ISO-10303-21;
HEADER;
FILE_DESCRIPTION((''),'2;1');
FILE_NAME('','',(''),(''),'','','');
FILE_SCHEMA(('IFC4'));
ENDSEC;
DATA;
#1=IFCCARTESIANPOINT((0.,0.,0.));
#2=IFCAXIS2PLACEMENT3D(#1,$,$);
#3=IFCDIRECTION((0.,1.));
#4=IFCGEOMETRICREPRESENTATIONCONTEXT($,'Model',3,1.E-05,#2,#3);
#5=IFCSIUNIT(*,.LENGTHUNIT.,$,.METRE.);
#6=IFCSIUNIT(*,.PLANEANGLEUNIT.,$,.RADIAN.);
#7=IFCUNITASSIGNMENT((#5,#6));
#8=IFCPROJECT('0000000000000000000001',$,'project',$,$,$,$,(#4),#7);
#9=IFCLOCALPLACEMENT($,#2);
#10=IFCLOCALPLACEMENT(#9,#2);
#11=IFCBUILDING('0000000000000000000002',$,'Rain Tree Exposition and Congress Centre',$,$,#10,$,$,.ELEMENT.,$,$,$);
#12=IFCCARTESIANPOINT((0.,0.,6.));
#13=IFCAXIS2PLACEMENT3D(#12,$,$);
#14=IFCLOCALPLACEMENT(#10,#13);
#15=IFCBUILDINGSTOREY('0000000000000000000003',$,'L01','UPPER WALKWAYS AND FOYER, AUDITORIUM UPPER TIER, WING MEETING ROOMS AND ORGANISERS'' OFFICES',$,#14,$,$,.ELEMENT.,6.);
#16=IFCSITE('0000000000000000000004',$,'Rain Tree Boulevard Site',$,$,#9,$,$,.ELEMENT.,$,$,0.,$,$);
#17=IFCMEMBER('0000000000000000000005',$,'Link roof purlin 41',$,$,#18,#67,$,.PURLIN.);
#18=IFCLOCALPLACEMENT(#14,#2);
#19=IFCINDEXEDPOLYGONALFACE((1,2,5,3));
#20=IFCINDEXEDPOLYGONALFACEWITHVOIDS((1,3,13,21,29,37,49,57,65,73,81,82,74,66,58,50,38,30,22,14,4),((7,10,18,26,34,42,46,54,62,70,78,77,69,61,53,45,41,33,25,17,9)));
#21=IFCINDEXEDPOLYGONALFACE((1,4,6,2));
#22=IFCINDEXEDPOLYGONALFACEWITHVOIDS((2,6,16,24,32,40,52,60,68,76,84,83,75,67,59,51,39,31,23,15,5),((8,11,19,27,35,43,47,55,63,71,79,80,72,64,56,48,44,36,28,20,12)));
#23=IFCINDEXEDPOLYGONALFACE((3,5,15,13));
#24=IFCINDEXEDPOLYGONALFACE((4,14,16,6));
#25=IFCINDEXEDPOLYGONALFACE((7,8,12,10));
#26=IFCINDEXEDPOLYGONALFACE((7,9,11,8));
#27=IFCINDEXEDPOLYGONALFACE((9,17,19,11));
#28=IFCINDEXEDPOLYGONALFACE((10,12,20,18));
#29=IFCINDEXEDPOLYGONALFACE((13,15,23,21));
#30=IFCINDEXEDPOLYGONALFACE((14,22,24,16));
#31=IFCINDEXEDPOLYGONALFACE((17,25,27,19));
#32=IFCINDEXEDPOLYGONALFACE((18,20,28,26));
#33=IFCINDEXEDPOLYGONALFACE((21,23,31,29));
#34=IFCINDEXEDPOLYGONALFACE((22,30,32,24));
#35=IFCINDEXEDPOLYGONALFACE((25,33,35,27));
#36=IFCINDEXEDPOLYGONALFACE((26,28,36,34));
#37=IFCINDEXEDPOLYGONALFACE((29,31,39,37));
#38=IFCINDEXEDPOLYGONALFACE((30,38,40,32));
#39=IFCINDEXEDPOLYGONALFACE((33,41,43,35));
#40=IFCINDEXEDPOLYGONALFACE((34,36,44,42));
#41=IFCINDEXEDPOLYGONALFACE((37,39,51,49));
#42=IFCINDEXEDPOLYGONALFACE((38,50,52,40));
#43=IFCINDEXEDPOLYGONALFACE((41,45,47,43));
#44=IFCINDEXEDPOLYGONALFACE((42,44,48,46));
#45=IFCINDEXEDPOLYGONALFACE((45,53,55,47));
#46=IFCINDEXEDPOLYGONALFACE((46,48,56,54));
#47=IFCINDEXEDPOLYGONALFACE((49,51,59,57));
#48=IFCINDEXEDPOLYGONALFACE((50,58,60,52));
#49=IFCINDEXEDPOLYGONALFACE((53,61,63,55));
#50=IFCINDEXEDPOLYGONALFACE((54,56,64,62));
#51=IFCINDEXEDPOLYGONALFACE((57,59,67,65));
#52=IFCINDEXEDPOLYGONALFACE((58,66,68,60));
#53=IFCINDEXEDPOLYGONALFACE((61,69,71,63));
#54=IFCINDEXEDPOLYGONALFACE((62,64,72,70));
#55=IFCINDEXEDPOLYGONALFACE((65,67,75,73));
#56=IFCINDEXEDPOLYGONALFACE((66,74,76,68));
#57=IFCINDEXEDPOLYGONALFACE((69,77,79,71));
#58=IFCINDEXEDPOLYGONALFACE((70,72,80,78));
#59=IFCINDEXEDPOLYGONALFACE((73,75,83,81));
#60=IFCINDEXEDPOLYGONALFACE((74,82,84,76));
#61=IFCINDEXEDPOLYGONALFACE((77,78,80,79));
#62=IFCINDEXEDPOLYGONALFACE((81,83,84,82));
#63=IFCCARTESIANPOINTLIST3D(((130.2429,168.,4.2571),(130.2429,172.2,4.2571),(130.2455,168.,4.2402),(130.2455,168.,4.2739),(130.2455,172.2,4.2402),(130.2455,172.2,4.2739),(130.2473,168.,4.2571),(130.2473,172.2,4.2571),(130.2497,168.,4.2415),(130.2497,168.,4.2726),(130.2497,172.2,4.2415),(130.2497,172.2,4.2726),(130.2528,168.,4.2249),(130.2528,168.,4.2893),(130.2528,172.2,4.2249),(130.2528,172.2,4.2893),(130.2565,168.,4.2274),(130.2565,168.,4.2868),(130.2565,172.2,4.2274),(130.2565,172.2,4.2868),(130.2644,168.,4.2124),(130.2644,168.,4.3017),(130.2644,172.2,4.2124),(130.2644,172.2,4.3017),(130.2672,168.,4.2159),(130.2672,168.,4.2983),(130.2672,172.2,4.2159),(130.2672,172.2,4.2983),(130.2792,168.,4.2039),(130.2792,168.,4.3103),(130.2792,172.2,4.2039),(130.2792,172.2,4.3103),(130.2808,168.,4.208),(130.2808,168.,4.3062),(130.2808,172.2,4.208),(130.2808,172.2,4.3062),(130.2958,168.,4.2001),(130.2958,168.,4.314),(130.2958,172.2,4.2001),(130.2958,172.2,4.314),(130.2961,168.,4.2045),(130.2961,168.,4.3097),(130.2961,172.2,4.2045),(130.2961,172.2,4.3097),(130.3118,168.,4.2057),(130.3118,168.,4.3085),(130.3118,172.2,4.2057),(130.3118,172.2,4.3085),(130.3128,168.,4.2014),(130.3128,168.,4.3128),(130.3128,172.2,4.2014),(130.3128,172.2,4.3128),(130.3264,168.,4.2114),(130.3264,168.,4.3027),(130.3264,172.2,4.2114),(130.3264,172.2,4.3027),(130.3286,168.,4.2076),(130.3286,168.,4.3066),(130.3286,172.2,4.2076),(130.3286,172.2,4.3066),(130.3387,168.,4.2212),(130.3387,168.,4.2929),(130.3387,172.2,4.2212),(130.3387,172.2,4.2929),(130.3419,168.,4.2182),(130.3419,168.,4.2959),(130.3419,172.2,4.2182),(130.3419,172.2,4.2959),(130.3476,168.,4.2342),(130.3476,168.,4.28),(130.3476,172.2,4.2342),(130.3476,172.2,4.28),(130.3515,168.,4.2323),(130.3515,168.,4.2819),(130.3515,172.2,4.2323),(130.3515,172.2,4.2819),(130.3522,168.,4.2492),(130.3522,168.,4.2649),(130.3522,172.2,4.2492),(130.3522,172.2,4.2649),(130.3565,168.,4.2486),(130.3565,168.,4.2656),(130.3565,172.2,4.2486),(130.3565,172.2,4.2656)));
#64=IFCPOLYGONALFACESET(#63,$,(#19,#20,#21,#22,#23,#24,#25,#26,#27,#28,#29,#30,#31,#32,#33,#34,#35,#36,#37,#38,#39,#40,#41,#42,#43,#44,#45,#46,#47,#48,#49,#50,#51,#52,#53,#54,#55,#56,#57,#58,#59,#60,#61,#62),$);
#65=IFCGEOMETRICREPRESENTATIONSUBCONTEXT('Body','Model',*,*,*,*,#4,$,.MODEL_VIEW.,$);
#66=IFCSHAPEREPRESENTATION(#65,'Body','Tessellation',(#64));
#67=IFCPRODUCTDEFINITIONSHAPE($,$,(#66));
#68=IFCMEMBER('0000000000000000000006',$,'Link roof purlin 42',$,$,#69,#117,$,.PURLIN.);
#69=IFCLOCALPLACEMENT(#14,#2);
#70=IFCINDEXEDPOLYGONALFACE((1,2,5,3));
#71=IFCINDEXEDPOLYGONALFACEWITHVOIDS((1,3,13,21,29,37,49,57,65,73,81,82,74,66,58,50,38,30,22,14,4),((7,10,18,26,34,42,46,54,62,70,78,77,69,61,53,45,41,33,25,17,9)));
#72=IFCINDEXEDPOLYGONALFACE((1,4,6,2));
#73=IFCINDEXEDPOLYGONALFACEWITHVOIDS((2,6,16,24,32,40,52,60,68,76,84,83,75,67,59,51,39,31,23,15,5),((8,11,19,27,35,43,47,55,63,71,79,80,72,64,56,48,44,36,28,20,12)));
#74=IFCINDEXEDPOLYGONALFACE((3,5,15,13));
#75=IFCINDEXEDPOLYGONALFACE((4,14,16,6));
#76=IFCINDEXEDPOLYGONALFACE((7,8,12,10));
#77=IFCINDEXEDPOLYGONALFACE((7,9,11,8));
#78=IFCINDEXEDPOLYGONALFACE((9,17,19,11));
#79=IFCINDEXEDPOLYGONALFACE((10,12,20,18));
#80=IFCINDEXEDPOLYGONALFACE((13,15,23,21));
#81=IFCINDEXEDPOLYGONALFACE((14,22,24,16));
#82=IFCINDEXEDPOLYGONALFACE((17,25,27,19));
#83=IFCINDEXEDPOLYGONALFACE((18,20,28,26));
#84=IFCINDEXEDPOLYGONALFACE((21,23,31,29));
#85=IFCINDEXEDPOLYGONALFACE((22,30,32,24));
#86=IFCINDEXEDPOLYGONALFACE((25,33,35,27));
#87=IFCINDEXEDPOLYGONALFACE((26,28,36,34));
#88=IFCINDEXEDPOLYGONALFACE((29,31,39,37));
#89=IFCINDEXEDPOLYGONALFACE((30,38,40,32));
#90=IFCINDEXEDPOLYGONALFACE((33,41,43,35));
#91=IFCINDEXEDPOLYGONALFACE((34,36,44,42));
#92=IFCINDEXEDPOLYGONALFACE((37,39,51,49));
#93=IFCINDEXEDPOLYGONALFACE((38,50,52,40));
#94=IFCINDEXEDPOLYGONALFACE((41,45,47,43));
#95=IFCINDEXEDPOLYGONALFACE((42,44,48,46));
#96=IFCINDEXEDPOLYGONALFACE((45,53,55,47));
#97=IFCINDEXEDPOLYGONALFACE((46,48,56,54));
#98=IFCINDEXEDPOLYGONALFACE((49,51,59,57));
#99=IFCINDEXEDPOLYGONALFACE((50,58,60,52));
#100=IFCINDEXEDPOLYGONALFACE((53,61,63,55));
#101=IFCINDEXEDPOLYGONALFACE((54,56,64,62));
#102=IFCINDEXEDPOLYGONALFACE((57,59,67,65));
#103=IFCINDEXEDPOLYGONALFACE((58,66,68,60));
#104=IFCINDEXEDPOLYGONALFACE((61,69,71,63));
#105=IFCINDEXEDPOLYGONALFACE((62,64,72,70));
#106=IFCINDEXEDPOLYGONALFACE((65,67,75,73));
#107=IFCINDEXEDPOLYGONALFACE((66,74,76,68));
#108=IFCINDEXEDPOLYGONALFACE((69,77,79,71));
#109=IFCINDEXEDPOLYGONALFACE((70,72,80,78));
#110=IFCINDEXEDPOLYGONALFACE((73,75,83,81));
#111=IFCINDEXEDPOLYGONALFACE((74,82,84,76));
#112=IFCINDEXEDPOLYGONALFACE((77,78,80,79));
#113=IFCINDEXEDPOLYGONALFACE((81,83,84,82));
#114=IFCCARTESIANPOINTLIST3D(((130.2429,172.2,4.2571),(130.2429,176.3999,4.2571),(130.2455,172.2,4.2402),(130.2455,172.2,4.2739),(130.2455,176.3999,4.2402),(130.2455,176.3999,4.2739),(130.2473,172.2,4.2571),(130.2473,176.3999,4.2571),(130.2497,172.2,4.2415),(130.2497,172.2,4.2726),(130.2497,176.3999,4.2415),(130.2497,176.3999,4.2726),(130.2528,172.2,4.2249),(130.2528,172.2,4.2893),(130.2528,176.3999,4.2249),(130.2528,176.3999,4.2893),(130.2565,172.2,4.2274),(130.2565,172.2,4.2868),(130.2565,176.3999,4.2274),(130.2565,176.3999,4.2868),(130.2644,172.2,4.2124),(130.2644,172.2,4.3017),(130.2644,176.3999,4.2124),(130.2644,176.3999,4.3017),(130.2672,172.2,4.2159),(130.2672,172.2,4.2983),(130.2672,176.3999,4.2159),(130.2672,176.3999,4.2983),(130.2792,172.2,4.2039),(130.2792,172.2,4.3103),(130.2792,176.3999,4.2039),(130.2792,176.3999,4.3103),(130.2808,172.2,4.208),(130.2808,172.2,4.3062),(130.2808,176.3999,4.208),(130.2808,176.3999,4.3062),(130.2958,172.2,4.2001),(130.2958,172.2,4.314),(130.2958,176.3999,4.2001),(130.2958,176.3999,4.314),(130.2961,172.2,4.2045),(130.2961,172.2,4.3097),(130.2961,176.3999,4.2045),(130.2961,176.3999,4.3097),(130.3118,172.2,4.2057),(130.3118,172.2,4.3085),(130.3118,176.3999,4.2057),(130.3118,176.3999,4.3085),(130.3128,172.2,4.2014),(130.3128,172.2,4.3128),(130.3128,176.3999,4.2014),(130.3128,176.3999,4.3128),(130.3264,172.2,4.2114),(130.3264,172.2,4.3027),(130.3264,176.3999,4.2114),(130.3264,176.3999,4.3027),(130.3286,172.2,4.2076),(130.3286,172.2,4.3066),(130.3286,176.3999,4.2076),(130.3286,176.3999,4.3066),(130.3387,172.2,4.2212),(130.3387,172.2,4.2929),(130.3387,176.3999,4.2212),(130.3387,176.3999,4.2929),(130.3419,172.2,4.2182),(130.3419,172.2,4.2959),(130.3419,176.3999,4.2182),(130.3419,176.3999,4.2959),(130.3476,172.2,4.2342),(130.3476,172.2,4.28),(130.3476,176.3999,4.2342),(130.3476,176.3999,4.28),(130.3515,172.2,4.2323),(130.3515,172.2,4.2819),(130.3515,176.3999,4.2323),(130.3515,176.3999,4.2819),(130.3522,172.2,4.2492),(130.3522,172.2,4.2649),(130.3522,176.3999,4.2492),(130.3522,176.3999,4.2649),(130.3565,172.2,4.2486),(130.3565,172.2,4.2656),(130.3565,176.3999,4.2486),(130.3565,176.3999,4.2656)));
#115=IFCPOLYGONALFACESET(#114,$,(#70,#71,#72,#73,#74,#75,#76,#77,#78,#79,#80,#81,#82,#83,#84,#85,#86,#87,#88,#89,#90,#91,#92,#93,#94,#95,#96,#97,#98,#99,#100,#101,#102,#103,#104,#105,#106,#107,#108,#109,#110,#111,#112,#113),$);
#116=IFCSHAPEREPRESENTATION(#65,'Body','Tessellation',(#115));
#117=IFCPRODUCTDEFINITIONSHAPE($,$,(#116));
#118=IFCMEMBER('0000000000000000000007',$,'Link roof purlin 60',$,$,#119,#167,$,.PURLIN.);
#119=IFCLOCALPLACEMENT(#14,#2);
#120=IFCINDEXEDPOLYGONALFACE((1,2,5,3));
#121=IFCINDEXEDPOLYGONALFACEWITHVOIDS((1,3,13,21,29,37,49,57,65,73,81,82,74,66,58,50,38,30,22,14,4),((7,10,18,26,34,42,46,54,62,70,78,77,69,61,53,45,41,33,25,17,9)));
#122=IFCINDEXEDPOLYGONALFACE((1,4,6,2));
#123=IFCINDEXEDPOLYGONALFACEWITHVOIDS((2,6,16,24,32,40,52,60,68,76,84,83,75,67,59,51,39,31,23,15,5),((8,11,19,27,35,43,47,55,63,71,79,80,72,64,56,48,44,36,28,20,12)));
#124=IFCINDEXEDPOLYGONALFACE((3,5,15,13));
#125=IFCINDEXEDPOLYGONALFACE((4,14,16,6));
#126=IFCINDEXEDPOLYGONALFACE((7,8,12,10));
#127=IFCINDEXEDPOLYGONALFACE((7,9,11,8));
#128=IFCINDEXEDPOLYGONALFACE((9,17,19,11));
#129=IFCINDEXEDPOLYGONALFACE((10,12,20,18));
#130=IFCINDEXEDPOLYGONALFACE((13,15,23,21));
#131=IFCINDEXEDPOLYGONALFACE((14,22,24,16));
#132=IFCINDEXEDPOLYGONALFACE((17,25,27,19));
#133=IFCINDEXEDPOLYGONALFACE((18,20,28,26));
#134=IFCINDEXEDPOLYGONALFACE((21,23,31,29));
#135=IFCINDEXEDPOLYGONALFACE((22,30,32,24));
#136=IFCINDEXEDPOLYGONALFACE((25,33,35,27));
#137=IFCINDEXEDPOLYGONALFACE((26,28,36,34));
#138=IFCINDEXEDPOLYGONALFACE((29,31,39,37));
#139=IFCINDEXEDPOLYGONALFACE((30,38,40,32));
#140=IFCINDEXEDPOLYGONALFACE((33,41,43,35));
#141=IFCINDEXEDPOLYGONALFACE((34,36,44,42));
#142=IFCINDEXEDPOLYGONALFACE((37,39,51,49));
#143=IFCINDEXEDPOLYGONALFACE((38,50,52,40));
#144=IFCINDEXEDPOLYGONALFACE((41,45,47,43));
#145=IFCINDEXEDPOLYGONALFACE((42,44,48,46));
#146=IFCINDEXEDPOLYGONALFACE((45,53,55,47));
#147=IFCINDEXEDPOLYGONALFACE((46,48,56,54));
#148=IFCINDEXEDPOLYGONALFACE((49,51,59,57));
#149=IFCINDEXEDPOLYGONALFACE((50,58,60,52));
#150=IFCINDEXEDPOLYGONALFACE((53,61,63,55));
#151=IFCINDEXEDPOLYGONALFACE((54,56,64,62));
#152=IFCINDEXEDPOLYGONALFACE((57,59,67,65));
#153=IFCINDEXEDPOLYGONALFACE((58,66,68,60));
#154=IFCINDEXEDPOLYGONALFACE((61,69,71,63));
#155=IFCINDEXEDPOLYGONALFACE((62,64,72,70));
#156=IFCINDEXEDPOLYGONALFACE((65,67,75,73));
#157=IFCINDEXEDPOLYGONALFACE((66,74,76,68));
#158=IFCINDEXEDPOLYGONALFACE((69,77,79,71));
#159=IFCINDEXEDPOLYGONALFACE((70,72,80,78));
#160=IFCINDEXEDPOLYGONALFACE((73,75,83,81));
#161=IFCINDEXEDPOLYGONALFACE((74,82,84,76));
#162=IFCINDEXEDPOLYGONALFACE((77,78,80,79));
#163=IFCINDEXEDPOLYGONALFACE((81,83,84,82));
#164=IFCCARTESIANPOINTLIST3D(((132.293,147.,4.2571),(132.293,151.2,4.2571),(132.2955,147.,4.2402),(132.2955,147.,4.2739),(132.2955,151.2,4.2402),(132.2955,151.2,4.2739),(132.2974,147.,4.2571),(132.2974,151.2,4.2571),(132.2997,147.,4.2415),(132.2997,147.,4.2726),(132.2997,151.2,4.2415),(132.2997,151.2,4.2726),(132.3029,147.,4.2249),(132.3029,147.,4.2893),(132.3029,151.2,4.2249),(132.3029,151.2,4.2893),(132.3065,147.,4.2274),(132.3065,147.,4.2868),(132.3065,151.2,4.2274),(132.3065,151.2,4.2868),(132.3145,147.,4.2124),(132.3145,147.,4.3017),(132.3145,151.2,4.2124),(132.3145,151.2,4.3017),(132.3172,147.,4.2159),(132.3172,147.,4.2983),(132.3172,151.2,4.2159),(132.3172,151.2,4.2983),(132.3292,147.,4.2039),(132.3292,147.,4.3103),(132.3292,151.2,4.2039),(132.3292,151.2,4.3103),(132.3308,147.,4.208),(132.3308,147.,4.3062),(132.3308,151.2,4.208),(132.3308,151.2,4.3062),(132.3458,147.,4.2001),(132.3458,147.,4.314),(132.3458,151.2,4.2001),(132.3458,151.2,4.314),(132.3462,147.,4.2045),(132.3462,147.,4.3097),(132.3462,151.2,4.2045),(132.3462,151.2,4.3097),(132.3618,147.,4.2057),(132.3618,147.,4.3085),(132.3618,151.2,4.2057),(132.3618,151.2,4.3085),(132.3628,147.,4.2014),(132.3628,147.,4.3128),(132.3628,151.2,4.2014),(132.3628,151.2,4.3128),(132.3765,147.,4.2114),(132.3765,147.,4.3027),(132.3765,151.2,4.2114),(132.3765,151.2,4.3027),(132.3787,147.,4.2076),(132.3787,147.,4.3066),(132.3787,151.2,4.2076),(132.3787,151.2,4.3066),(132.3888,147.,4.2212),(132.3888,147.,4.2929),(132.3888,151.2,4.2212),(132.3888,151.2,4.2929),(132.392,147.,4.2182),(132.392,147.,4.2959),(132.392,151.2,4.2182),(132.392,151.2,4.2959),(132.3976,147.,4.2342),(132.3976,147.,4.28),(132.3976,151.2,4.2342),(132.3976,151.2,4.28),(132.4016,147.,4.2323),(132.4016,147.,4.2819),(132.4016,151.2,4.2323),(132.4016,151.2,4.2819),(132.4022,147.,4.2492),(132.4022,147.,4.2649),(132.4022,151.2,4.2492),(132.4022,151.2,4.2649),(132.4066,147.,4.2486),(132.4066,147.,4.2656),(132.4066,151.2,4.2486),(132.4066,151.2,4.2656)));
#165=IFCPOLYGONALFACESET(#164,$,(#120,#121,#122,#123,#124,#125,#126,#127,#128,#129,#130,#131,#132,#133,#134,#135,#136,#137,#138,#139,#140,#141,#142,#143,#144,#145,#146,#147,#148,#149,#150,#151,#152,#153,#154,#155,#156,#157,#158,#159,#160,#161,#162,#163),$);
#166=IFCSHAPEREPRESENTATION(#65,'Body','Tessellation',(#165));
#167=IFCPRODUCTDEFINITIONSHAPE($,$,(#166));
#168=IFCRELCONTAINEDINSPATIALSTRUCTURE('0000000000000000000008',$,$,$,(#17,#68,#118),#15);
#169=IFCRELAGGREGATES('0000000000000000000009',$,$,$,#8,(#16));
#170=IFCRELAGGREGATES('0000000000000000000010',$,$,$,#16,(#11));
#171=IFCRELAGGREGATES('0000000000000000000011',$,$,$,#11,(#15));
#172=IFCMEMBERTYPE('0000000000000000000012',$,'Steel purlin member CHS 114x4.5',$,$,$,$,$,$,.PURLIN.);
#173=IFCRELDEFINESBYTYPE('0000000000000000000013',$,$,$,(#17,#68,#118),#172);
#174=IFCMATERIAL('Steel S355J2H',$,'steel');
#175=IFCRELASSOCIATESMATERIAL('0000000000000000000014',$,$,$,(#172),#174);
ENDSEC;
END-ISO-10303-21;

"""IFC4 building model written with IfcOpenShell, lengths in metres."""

from ifc_helpers import new_model, si_unit, direction, frame, origin, origin_2d, place, context, subcontext, project, spatial, hollow_circle, extrude, material, material_profile, profile_set, type_object, element, save


model = new_model("IFC4")

# Units and contexts
model_context = context("Model", 3, precision=1e-05, world=origin(), true_north=direction((0.0, 1.0)))
body_context = subcontext(model_context, "Body", "Model", "MODEL_VIEW")
ifc_project = project(units=[si_unit("LENGTHUNIT", "METRE"), si_unit("PLANEANGLEUNIT", "RADIAN")], contexts=[model_context])

# Site, building, storey
site_placement = place(None, origin())
site = spatial("IfcSite", under=ifc_project, at=site_placement, Name="Rain Tree Boulevard Site", CompositionType="ELEMENT", RefElevation=0.0)
building_placement = place(site_placement, origin())
building = spatial("IfcBuilding", under=site, at=building_placement, Name="Rain Tree Exposition and Congress Centre", CompositionType="ELEMENT")
storey_placement = place(building_placement, frame((0.0, 0.0, 6.0)))
storey = spatial("IfcBuildingStorey", under=building, at=storey_placement, Name="L01", Description="UPPER WALKWAYS AND FOYER, AUDITORIUM UPPER TIER, WING MEETING ROOMS AND ORGANISERS' OFFICES", CompositionType="ELEMENT", Elevation=6.0)

# Members
ifc_material_1 = material(Name="Steel S355J2H", Category="steel")
ifc_material_profile_1 = material_profile(ifc_material_1, hollow_circle(Radius=0.0571, WallThickness=0.0044, at=origin_2d()), Name="CHS 114x4.5")
ifc_profile_set_1 = profile_set([ifc_material_profile_1], Name="Steel S355J2H")
member_type = type_object("IfcMemberType", Name="Steel purlin member CHS 114x4.5", PredefinedType="PURLIN", material=ifc_profile_set_1)
for number, where, z_axis, x_axis, name in (
    (1, (130.3, 168.0, 4.2571), (0.0, 1.0, 0.0), (-1.0, 0.0, 0.0), "Link roof purlin 41"),
    (2, (130.3, 172.2, 4.2571), (0.0, 1.0, 0.0), (-1.0, 0.0, 0.0), "Link roof purlin 42"),
    (3, (132.3501, 147.0, 4.2571), (0.0, 1.0, 0.0), (-1.0, 0.0, 0.0), "Link roof purlin 60"),
):
    element("IfcMember", number, at=place(storey_placement, frame(where, z_axis=z_axis, x_axis=x_axis)), inside=storey, type_object=member_type, Name=name, PredefinedType="PURLIN", context=body_context, shape_type="SweptSolid", body=[
        extrude(hollow_circle(Radius=0.0571, WallThickness=0.0044, at=origin_2d()), origin(), (0.0, 0.0, 1.0), 4.2),
    ])

save(model, "model.ifc")
